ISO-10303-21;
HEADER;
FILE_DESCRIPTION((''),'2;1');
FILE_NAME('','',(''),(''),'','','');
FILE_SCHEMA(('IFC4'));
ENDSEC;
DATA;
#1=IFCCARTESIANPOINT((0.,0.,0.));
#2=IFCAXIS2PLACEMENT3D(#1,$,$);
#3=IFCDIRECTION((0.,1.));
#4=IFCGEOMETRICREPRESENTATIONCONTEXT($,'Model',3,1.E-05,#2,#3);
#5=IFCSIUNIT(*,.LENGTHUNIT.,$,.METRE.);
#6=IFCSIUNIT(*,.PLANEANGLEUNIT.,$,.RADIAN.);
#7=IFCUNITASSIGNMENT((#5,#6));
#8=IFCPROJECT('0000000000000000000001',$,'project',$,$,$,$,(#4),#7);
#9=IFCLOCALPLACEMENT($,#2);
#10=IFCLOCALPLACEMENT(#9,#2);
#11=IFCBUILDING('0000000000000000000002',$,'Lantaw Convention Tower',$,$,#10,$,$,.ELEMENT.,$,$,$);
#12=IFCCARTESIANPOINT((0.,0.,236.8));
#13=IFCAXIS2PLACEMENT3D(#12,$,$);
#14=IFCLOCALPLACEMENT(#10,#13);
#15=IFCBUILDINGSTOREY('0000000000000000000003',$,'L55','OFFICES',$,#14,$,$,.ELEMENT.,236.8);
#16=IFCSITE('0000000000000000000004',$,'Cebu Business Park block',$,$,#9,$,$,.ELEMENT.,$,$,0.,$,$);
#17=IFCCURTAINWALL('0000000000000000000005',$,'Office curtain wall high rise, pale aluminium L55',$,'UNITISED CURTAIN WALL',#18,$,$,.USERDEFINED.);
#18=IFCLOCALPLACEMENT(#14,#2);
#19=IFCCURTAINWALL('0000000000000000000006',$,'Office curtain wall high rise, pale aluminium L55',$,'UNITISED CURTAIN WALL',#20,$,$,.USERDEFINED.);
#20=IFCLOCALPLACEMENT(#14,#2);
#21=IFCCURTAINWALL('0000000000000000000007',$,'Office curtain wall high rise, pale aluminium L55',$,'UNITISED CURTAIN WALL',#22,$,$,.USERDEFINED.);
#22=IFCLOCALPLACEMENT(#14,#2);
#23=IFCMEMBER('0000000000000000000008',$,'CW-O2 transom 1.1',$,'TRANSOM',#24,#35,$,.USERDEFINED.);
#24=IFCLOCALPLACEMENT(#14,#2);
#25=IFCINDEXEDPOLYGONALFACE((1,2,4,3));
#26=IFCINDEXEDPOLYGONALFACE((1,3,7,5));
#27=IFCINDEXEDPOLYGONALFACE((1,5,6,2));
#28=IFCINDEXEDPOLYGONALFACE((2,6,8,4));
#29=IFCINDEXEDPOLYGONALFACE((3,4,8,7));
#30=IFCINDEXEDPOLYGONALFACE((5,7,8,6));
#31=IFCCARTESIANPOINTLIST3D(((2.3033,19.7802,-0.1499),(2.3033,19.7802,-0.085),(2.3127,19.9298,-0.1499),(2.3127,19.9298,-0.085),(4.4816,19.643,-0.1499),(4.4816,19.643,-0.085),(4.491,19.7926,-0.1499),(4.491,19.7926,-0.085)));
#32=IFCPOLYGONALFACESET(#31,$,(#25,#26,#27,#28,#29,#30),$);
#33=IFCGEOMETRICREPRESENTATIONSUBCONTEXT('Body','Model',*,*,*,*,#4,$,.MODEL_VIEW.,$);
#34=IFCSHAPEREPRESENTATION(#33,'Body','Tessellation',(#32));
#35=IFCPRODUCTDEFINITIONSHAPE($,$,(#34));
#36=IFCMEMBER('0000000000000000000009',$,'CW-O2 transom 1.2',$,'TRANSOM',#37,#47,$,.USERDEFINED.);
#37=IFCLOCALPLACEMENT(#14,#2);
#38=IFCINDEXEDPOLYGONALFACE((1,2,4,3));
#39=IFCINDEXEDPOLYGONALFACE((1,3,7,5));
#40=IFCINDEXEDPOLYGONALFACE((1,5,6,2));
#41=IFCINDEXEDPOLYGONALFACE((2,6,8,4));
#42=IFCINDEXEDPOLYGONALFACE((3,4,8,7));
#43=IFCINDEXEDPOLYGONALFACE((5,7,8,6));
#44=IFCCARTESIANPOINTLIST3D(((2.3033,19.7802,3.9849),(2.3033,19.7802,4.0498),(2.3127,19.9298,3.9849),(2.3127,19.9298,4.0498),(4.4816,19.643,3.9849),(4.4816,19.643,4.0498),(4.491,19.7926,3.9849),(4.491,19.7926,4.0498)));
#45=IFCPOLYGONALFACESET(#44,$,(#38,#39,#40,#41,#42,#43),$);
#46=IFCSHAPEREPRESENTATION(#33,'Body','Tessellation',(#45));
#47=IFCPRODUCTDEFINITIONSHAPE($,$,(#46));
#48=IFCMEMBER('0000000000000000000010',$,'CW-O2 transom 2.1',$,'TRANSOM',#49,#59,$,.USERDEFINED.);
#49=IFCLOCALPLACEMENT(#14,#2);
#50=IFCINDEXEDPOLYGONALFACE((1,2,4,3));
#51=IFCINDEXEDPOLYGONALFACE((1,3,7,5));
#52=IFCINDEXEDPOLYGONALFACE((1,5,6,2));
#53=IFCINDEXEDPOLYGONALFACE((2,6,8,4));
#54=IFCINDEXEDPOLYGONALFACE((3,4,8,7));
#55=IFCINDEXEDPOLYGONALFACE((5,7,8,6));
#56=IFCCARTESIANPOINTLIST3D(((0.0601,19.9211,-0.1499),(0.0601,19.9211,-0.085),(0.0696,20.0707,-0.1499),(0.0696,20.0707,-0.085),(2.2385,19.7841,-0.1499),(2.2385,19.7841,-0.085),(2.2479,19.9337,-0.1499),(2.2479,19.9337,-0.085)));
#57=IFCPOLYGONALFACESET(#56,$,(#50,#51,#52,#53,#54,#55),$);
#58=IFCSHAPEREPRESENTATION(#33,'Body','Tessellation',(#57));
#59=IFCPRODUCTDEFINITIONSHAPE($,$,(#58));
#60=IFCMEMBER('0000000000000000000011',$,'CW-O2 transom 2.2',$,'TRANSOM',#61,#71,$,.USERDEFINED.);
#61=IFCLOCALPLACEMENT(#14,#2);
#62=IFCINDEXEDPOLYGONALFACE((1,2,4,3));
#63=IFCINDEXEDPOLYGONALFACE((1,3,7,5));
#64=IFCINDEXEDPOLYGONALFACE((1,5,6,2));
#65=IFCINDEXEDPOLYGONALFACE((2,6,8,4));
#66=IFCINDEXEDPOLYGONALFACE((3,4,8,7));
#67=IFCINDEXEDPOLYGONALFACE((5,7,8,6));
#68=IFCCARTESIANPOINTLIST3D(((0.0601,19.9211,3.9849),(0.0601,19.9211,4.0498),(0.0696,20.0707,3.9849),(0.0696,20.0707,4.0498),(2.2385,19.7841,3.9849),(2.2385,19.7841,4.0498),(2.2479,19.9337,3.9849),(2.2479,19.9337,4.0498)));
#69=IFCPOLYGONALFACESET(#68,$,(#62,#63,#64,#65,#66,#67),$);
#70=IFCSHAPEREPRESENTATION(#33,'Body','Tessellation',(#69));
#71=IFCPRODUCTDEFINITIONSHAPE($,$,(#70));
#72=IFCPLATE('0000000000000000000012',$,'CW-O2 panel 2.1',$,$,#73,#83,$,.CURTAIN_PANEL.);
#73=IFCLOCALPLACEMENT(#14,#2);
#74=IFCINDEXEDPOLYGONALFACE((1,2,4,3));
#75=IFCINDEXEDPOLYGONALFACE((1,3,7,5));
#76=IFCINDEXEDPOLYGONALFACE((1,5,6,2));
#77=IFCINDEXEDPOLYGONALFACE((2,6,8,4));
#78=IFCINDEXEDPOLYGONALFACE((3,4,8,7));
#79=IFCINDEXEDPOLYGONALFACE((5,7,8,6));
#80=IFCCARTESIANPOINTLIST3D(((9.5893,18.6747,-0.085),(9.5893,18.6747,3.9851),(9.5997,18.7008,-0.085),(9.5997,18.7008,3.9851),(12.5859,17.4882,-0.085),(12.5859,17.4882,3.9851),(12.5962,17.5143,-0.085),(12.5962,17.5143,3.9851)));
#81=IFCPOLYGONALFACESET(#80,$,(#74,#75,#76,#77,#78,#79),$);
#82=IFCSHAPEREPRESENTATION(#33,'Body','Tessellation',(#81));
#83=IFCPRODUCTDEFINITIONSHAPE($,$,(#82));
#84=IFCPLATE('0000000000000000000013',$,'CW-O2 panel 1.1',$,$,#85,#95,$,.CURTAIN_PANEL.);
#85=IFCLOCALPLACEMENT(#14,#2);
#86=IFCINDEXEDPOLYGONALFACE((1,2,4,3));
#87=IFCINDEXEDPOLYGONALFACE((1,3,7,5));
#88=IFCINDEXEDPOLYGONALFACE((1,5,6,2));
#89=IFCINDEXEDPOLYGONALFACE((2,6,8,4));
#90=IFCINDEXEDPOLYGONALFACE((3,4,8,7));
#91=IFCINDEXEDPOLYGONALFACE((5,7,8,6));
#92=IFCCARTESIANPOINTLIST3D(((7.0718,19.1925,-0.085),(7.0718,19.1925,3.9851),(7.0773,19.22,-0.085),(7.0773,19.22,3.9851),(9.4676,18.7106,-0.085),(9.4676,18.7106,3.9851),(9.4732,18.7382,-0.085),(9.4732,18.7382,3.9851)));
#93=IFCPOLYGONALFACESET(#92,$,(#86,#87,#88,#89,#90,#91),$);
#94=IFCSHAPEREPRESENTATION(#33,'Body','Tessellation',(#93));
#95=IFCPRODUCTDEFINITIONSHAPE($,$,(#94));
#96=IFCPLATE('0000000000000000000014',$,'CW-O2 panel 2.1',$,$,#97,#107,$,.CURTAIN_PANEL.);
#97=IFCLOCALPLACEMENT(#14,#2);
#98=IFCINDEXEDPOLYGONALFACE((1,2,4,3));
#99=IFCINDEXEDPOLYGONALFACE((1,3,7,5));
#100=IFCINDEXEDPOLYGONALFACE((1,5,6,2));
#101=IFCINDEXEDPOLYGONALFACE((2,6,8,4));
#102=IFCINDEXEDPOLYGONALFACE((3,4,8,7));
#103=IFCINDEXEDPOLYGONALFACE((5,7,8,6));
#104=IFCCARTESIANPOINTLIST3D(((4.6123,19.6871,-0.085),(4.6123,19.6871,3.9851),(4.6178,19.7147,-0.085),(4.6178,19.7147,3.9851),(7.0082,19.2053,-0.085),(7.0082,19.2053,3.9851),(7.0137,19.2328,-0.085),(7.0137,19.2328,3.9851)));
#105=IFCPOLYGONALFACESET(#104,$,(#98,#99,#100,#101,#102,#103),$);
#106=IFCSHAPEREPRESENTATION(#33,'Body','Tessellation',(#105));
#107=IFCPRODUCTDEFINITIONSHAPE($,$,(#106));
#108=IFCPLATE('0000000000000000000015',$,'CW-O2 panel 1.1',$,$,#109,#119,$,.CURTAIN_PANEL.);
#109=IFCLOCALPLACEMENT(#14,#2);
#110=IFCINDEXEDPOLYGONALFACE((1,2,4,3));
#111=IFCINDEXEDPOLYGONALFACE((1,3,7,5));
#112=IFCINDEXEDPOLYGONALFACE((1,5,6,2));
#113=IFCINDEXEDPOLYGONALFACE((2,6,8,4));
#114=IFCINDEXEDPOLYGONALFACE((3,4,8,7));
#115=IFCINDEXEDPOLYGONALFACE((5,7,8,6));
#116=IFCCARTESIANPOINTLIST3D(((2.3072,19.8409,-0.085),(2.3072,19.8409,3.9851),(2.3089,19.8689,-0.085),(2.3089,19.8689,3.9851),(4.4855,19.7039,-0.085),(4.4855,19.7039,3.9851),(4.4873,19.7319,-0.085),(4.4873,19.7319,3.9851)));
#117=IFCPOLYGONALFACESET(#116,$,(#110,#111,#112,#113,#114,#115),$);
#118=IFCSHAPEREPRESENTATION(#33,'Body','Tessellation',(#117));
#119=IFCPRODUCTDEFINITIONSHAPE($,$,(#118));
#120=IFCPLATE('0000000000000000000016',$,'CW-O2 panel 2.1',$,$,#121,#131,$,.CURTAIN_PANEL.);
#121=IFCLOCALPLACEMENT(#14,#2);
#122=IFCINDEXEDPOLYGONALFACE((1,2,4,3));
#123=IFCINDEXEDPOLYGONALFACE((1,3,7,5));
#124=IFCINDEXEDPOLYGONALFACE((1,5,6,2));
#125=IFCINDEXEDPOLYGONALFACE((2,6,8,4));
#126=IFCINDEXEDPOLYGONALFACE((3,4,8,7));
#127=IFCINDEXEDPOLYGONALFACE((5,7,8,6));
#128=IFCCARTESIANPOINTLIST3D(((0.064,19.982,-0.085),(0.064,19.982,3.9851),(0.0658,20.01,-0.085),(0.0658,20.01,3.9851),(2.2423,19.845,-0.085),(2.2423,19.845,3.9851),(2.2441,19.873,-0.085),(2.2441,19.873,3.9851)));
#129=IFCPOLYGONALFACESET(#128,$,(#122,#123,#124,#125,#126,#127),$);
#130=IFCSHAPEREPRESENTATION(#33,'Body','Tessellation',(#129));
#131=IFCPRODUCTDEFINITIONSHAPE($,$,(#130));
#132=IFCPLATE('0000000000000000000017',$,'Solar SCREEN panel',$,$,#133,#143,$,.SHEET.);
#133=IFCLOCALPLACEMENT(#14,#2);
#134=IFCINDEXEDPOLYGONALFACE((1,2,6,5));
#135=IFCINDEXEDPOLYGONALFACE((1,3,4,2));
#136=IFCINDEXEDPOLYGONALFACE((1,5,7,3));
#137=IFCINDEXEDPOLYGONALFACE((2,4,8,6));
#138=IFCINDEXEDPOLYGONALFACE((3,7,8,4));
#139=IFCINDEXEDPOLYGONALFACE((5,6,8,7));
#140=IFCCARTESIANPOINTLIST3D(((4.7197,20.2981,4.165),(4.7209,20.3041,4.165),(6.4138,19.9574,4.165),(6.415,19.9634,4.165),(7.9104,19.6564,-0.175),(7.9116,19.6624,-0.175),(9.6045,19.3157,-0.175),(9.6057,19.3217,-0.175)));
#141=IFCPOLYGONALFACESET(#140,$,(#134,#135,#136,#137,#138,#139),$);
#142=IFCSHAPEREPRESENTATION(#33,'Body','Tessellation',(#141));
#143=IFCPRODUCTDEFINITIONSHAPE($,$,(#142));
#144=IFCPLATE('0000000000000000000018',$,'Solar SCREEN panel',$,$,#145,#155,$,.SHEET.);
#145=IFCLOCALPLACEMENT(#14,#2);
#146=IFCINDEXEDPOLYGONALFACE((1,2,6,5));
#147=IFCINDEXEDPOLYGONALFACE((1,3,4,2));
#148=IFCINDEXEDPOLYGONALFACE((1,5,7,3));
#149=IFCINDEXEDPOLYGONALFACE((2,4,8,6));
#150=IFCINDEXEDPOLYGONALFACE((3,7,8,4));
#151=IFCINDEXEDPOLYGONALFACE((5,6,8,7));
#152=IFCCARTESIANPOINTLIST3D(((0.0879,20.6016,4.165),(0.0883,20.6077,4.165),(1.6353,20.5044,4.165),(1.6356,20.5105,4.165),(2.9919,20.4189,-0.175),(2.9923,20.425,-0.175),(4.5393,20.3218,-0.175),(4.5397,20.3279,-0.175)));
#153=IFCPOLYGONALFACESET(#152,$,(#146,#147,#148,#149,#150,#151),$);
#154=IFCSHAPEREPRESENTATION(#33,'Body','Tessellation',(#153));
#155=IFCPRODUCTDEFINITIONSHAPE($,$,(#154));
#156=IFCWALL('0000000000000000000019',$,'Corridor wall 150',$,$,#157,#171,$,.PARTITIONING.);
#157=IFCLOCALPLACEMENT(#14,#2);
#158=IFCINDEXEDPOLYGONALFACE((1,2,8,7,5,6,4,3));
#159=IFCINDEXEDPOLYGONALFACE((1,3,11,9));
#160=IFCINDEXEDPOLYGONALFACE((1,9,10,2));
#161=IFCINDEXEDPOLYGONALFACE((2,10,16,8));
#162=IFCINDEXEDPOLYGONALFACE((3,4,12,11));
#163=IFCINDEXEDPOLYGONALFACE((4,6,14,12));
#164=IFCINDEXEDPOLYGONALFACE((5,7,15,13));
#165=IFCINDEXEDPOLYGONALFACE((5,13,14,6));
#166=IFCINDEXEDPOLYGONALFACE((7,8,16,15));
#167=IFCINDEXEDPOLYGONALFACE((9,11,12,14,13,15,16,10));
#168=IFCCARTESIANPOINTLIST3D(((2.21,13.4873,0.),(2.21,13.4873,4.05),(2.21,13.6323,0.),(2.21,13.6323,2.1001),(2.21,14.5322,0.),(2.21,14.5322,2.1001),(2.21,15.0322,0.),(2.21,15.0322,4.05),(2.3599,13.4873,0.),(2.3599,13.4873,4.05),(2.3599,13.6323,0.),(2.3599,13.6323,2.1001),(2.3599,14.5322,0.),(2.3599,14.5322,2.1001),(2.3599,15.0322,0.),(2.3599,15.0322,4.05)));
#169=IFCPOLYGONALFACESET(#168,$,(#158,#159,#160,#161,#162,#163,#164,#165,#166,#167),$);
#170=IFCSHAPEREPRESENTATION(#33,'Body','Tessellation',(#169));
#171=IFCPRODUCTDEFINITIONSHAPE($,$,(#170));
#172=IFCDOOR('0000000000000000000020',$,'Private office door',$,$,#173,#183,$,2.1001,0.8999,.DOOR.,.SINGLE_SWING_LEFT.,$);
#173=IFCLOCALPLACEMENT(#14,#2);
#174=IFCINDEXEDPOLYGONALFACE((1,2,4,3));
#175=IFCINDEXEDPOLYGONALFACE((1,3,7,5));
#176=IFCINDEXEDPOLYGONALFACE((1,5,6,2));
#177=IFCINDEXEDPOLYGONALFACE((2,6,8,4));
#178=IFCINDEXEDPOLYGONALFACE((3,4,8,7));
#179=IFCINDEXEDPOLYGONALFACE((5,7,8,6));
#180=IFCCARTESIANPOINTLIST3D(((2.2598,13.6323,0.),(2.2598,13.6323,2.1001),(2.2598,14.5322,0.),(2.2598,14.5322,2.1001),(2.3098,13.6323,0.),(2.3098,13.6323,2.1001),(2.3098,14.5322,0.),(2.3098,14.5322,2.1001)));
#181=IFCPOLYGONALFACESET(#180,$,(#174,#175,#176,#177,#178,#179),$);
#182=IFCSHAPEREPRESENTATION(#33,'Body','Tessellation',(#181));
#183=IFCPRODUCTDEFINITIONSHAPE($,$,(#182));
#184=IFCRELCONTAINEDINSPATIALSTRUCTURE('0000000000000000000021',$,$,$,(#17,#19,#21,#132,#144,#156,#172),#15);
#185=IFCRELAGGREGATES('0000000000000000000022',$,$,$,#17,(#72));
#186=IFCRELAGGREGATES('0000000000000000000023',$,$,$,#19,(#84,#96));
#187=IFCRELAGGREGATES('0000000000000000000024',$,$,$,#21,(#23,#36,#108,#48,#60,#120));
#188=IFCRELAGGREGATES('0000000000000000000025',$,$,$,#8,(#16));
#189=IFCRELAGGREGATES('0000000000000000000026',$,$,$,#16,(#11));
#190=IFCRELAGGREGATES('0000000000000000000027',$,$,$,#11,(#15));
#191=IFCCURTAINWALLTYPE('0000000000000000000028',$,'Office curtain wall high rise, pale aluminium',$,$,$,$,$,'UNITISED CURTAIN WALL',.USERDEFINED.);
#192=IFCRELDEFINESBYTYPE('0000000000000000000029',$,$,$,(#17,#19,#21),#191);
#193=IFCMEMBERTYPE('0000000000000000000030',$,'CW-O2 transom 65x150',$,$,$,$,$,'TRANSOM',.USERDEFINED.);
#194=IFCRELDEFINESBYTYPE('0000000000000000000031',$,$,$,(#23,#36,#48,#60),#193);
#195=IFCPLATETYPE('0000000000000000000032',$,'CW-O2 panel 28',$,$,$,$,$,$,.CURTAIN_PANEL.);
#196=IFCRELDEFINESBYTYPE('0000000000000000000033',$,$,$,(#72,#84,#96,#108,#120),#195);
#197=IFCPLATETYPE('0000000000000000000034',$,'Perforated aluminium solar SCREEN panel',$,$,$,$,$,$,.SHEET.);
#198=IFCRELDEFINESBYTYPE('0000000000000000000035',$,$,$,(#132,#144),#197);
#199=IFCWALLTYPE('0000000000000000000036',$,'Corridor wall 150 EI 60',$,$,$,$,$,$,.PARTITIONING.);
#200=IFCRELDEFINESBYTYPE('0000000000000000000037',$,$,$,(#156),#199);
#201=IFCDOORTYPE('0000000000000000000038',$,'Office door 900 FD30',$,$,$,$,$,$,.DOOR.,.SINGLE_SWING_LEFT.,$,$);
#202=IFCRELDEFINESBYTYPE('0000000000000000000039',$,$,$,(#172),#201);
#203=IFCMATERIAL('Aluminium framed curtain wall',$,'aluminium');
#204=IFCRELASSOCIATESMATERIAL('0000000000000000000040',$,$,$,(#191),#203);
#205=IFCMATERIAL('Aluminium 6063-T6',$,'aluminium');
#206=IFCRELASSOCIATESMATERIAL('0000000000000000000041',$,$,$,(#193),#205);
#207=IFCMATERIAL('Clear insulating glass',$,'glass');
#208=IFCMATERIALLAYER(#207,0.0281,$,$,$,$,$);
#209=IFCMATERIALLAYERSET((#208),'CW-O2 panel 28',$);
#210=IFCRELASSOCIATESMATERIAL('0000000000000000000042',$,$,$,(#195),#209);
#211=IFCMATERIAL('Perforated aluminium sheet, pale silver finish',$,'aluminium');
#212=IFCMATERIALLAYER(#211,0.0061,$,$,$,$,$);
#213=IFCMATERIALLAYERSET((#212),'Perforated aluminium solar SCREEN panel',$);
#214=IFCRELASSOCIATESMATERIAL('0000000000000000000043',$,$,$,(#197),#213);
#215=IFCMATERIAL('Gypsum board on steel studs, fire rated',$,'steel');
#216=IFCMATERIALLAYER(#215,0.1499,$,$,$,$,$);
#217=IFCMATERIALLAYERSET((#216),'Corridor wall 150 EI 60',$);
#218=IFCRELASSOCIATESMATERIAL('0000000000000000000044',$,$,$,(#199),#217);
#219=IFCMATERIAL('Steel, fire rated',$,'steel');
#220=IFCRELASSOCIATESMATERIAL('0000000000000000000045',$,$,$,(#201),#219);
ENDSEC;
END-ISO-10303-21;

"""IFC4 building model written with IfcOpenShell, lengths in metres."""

from ifc_helpers import new_model, si_unit, direction, frame, frame_2d, origin, origin_2d, place, context, subcontext, project, spatial, polyline, rectangle, outline, extrude, material, layer, layer_set, material_profile, profile_set, type_object, element, fill, aggregate, save


model = new_model("IFC4")

# Units and contexts
model_context = context("Model", 3, precision=1e-05, world=origin(), true_north=direction((0.0, 1.0)))
body_context = subcontext(model_context, "Body", "Model", "MODEL_VIEW")
ifc_project = project(units=[si_unit("LENGTHUNIT", "METRE"), si_unit("PLANEANGLEUNIT", "RADIAN")], contexts=[model_context])

# Site, building, storey
site_placement = place(None, origin())
site = spatial("IfcSite", under=ifc_project, at=site_placement, Name="Cebu Business Park block", CompositionType="ELEMENT", RefElevation=0.0)
building_placement = place(site_placement, origin())
building = spatial("IfcBuilding", under=site, at=building_placement, Name="Lantaw Convention Tower", CompositionType="ELEMENT")
storey_placement = place(building_placement, frame((0.0, 0.0, 236.8)))
storey = spatial("IfcBuildingStorey", under=building, at=storey_placement, Name="L55", Description="OFFICES", CompositionType="ELEMENT", Elevation=236.8)

# Curtain walls
ifc_material_1 = material(Name="Aluminium framed curtain wall", Category="aluminium")
curtain_wall_type = type_object("IfcCurtainWallType", Name="Office curtain wall high rise, pale aluminium", ElementType="UNITISED CURTAIN WALL", PredefinedType="USERDEFINED", material=ifc_material_1)
curtain_wall_1_placement = place(storey_placement, origin())
curtain_wall_1 = element("IfcCurtainWall", 1, at=curtain_wall_1_placement, inside=storey, type_object=curtain_wall_type, Name="Office curtain wall high rise, pale aluminium L55", ObjectType="UNITISED CURTAIN WALL", PredefinedType="USERDEFINED")
ifc_material_2 = material(Name="Aluminium 6063-T6", Category="aluminium")
curtain_wall_2_placement = place(storey_placement, origin())
curtain_wall_2 = element("IfcCurtainWall", 2, at=curtain_wall_2_placement, inside=storey, type_object=curtain_wall_type, Name="Office curtain wall high rise, pale aluminium L55", ObjectType="UNITISED CURTAIN WALL", PredefinedType="USERDEFINED")
curtain_wall_3_placement = place(storey_placement, origin())
curtain_wall_3 = element("IfcCurtainWall", 3, at=curtain_wall_3_placement, inside=storey, type_object=curtain_wall_type, Name="Office curtain wall high rise, pale aluminium L55", ObjectType="UNITISED CURTAIN WALL", PredefinedType="USERDEFINED")

# Members
ifc_material_profile_1 = material_profile(ifc_material_2, rectangle(XDim=0.1499, YDim=0.0649, at=origin_2d()), Name="CW-O2 transom 65x150")
ifc_profile_set_1 = profile_set([ifc_material_profile_1], Name="Aluminium 6063-T6")
member_type_1 = type_object("IfcMemberType", Name="CW-O2 transom 65x150", ElementType="TRANSOM", PredefinedType="USERDEFINED", material=ifc_profile_set_1)
member_1_placement = place(storey_placement, frame((4.4863, 19.7178, -0.1174), z_axis=(-0.998022, 0.062866, 0.0), x_axis=(-0.062866, -0.998022, 0.0)))
member_1 = element("IfcMember", 4, at=member_1_placement, type_object=member_type_1, Name="CW-O2 transom 1.1", ObjectType="TRANSOM", PredefinedType="USERDEFINED", context=body_context, shape_type="SweptSolid", body=[
    extrude(rectangle(XDim=0.1499, YDim=0.0649, at=origin_2d()), origin(), (0.0, 0.0, 1.0), 2.1826),
])
member_2_placement = place(storey_placement, frame((4.4863, 19.7178, 4.0173), z_axis=(-0.998022, 0.062866, 0.0), x_axis=(-0.062866, -0.998022, 0.0)))
member_2 = element("IfcMember", 5, at=member_2_placement, type_object=member_type_1, Name="CW-O2 transom 1.2", ObjectType="TRANSOM", PredefinedType="USERDEFINED", context=body_context, shape_type="SweptSolid", body=[
    extrude(rectangle(XDim=0.1499, YDim=0.0649, at=origin_2d()), origin(), (0.0, 0.0, 1.0), 2.1826),
])
member_3_placement = place(storey_placement, frame((2.2432, 19.8589, -0.1174), z_axis=(-0.998029, 0.062754, 0.0), x_axis=(-0.062754, -0.998029, 0.0)))
member_3 = element("IfcMember", 6, at=member_3_placement, type_object=member_type_1, Name="CW-O2 transom 2.1", ObjectType="TRANSOM", PredefinedType="USERDEFINED", context=body_context, shape_type="SweptSolid", body=[
    extrude(rectangle(XDim=0.1499, YDim=0.0649, at=origin_2d()), origin(), (0.0, 0.0, 1.0), 2.1826),
])
member_4_placement = place(storey_placement, frame((2.2432, 19.8589, 4.0173), z_axis=(-0.998029, 0.062754, 0.0), x_axis=(-0.062754, -0.998029, 0.0)))
member_4 = element("IfcMember", 7, at=member_4_placement, type_object=member_type_1, Name="CW-O2 transom 2.2", ObjectType="TRANSOM", PredefinedType="USERDEFINED", context=body_context, shape_type="SweptSolid", body=[
    extrude(rectangle(XDim=0.1499, YDim=0.0649, at=origin_2d()), origin(), (0.0, 0.0, 1.0), 2.1826),
])

# Plates
ifc_material_3 = material(Name="Clear insulating glass", Category="glass")
ifc_layer_1 = layer(ifc_material_3, 0.0281)
ifc_layer_set_1 = layer_set([ifc_layer_1], Name="CW-O2 panel 28")
plate_type_1 = type_object("IfcPlateType", Name="CW-O2 panel 28", PredefinedType="CURTAIN_PANEL", material=ifc_layer_set_1)
plate_1_placement = place(storey_placement, frame((11.0928, 18.0945, -0.085), z_axis=(0.0, 0.0, 1.0), x_axis=(-0.929762, 0.368162, 0.0)))
plate_1 = element("IfcPlate", 8, at=plate_1_placement, type_object=plate_type_1, Name="CW-O2 panel 2.1", PredefinedType="CURTAIN_PANEL", context=body_context, shape_type="SweptSolid", body=[
    extrude(rectangle(XDim=3.2229, YDim=0.0281, at=origin_2d()), origin(), (0.0, 0.0, 1.0), 4.0701),
])
aggregate(curtain_wall_1, [plate_1])
plate_2_placement = place(storey_placement, frame((8.2725, 18.9653, -0.085), z_axis=(0.0, 0.0, 1.0), x_axis=(-0.980367, 0.197183, 0.0)))
plate_2 = element("IfcPlate", 9, at=plate_2_placement, type_object=plate_type_1, Name="CW-O2 panel 1.1", PredefinedType="CURTAIN_PANEL", context=body_context, shape_type="SweptSolid", body=[
    extrude(rectangle(XDim=2.4438, YDim=0.0281, at=origin_2d()), origin(), (0.0, 0.0, 1.0), 4.0701),
])
plate_3_placement = place(storey_placement, frame((5.813, 19.46, -0.085), z_axis=(0.0, 0.0, 1.0), x_axis=(-0.980367, 0.197183, 0.0)))
plate_3 = element("IfcPlate", 10, at=plate_3_placement, type_object=plate_type_1, Name="CW-O2 panel 2.1", PredefinedType="CURTAIN_PANEL", context=body_context, shape_type="SweptSolid", body=[
    extrude(rectangle(XDim=2.4438, YDim=0.0281, at=origin_2d()), origin(), (0.0, 0.0, 1.0), 4.0701),
])
aggregate(curtain_wall_2, [plate_2, plate_3])
plate_4_placement = place(storey_placement, frame((3.3972, 19.7864, -0.085), z_axis=(0.0, 0.0, 1.0), x_axis=(-0.998029, 0.062758, 0.0)))
plate_4 = element("IfcPlate", 11, at=plate_4_placement, type_object=plate_type_1, Name="CW-O2 panel 1.1", PredefinedType="CURTAIN_PANEL", context=body_context, shape_type="SweptSolid", body=[
    extrude(rectangle(XDim=2.1826, YDim=0.0281, at=origin_2d()), origin(), (0.0, 0.0, 1.0), 4.0701),
])
plate_5_placement = place(storey_placement, frame((1.1541, 19.9275, -0.085), z_axis=(0.0, 0.0, 1.0), x_axis=(-0.998029, 0.062758, 0.0)))
plate_5 = element("IfcPlate", 12, at=plate_5_placement, type_object=plate_type_1, Name="CW-O2 panel 2.1", PredefinedType="CURTAIN_PANEL", context=body_context, shape_type="SweptSolid", body=[
    extrude(rectangle(XDim=2.1826, YDim=0.0281, at=origin_2d()), origin(), (0.0, 0.0, 1.0), 4.0701),
])
aggregate(curtain_wall_3, [member_1, member_2, plate_4, member_3, member_4, plate_5])

# Plates
ifc_material_4 = material(Name="Perforated aluminium sheet, pale silver finish", Category="aluminium")
ifc_layer_2 = layer(ifc_material_4, 0.0061)
ifc_layer_set_2 = layer_set([ifc_layer_2], Name="Perforated aluminium solar SCREEN panel")
plate_type_2 = type_object("IfcPlateType", Name="Perforated aluminium solar SCREEN panel", PredefinedType="SHEET", material=ifc_layer_set_2)
plate_6_placement = place(storey_placement, frame((9.6045, 19.3157, -0.175), z_axis=(-0.197162, -0.980371, 0.000011), x_axis=(-0.980371, 0.197162, 0.0)))
element("IfcPlate", 13, at=plate_6_placement, inside=storey, type_object=plate_type_2, Name="Solar SCREEN panel", PredefinedType="SHEET", context=body_context, shape_type="SweptSolid", body=[
    extrude(outline(polyline([(0.0, 0.0), (1.728, 0.0), (4.9826, -4.3401), (3.2545, -4.3401), (0.0, 0.0)])), origin(), (0.0, 0.0, -1.0), 0.0061),
])
plate_7_placement = place(storey_placement, frame((4.5393, 20.3218, -0.175), z_axis=(-0.062672, -0.998034, 0.000059), x_axis=(-0.998034, 0.062672, 0.0)))
element("IfcPlate", 14, at=plate_7_placement, inside=storey, type_object=plate_type_2, Name="Solar SCREEN panel", PredefinedType="SHEET", context=body_context, shape_type="SweptSolid", body=[
    extrude(outline(polyline([(0.0, 0.0), (1.5504, 0.0), (4.4602, -4.3401), (2.9098, -4.3401), (0.0, 0.0)])), origin(), (0.0, 0.0, -1.0), 0.0061),
])

# Wall, opening, door
ifc_material_5 = material(Name="Gypsum board on steel studs, fire rated", Category="steel")
ifc_layer_3 = layer(ifc_material_5, 0.1499)
ifc_layer_set_3 = layer_set([ifc_layer_3], Name="Corridor wall 150 EI 60")
wall_type_1 = type_object("IfcWallType", Name="Corridor wall 150 EI 60", PredefinedType="PARTITIONING", material=ifc_layer_set_3)
wall_1_placement = place(storey_placement, frame((2.2849, 15.0322, 0.0), z_axis=(0.0, 0.0, 1.0), x_axis=(0.0, -1.0, 0.0)))
wall_1 = element("IfcWall", 15, at=wall_1_placement, inside=storey, type_object=wall_type_1, Name="Corridor wall 150", PredefinedType="PARTITIONING", context=body_context, shape_type="SweptSolid", body=[
    extrude(rectangle(XDim=1.5449, YDim=0.1499, at=frame_2d((0.7725, 0.0))), origin(), (0.0, 0.0, 1.0), 4.05),
])
opening_placement = place(wall_1_placement, frame((0.5, 0.0, 0.0)))
opening = element("IfcOpeningElement", 16, at=opening_placement, cuts=wall_1, PredefinedType="OPENING", context=body_context, shape_type="SweptSolid", body=[
    extrude(rectangle(XDim=0.8999, YDim=2.1001, at=frame_2d((0.45, 1.05))), frame((0.0, 0.085, 0.0), z_axis=(0.0, -1.0, 0.0), x_axis=(1.0, 0.0, 0.0)), (0.0, 0.0, 1.0), 0.1699),
])
ifc_material_6 = material(Name="Steel, fire rated", Category="steel")
door_type = type_object("IfcDoorType", Name="Office door 900 FD30", OperationType="SINGLE_SWING_LEFT", PredefinedType="DOOR", material=ifc_material_6)
door_placement = place(opening_placement, origin())
door = element("IfcDoor", 17, at=door_placement, inside=storey, type_object=door_type, Name="Private office door", OperationType="SINGLE_SWING_LEFT", OverallHeight=2.1001, OverallWidth=0.8999, PredefinedType="DOOR", context=body_context, shape_type="SweptSolid", body=[
    extrude(rectangle(XDim=0.8999, YDim=2.1001, at=frame_2d((0.45, 1.05))), frame((0.0, 0.0249, 0.0), z_axis=(0.0, -1.0, 0.0), x_axis=(1.0, 0.0, 0.0)), (0.0, 0.0, 1.0), 0.05),
])
fill(opening, door)

save(model, "model.ifc")
